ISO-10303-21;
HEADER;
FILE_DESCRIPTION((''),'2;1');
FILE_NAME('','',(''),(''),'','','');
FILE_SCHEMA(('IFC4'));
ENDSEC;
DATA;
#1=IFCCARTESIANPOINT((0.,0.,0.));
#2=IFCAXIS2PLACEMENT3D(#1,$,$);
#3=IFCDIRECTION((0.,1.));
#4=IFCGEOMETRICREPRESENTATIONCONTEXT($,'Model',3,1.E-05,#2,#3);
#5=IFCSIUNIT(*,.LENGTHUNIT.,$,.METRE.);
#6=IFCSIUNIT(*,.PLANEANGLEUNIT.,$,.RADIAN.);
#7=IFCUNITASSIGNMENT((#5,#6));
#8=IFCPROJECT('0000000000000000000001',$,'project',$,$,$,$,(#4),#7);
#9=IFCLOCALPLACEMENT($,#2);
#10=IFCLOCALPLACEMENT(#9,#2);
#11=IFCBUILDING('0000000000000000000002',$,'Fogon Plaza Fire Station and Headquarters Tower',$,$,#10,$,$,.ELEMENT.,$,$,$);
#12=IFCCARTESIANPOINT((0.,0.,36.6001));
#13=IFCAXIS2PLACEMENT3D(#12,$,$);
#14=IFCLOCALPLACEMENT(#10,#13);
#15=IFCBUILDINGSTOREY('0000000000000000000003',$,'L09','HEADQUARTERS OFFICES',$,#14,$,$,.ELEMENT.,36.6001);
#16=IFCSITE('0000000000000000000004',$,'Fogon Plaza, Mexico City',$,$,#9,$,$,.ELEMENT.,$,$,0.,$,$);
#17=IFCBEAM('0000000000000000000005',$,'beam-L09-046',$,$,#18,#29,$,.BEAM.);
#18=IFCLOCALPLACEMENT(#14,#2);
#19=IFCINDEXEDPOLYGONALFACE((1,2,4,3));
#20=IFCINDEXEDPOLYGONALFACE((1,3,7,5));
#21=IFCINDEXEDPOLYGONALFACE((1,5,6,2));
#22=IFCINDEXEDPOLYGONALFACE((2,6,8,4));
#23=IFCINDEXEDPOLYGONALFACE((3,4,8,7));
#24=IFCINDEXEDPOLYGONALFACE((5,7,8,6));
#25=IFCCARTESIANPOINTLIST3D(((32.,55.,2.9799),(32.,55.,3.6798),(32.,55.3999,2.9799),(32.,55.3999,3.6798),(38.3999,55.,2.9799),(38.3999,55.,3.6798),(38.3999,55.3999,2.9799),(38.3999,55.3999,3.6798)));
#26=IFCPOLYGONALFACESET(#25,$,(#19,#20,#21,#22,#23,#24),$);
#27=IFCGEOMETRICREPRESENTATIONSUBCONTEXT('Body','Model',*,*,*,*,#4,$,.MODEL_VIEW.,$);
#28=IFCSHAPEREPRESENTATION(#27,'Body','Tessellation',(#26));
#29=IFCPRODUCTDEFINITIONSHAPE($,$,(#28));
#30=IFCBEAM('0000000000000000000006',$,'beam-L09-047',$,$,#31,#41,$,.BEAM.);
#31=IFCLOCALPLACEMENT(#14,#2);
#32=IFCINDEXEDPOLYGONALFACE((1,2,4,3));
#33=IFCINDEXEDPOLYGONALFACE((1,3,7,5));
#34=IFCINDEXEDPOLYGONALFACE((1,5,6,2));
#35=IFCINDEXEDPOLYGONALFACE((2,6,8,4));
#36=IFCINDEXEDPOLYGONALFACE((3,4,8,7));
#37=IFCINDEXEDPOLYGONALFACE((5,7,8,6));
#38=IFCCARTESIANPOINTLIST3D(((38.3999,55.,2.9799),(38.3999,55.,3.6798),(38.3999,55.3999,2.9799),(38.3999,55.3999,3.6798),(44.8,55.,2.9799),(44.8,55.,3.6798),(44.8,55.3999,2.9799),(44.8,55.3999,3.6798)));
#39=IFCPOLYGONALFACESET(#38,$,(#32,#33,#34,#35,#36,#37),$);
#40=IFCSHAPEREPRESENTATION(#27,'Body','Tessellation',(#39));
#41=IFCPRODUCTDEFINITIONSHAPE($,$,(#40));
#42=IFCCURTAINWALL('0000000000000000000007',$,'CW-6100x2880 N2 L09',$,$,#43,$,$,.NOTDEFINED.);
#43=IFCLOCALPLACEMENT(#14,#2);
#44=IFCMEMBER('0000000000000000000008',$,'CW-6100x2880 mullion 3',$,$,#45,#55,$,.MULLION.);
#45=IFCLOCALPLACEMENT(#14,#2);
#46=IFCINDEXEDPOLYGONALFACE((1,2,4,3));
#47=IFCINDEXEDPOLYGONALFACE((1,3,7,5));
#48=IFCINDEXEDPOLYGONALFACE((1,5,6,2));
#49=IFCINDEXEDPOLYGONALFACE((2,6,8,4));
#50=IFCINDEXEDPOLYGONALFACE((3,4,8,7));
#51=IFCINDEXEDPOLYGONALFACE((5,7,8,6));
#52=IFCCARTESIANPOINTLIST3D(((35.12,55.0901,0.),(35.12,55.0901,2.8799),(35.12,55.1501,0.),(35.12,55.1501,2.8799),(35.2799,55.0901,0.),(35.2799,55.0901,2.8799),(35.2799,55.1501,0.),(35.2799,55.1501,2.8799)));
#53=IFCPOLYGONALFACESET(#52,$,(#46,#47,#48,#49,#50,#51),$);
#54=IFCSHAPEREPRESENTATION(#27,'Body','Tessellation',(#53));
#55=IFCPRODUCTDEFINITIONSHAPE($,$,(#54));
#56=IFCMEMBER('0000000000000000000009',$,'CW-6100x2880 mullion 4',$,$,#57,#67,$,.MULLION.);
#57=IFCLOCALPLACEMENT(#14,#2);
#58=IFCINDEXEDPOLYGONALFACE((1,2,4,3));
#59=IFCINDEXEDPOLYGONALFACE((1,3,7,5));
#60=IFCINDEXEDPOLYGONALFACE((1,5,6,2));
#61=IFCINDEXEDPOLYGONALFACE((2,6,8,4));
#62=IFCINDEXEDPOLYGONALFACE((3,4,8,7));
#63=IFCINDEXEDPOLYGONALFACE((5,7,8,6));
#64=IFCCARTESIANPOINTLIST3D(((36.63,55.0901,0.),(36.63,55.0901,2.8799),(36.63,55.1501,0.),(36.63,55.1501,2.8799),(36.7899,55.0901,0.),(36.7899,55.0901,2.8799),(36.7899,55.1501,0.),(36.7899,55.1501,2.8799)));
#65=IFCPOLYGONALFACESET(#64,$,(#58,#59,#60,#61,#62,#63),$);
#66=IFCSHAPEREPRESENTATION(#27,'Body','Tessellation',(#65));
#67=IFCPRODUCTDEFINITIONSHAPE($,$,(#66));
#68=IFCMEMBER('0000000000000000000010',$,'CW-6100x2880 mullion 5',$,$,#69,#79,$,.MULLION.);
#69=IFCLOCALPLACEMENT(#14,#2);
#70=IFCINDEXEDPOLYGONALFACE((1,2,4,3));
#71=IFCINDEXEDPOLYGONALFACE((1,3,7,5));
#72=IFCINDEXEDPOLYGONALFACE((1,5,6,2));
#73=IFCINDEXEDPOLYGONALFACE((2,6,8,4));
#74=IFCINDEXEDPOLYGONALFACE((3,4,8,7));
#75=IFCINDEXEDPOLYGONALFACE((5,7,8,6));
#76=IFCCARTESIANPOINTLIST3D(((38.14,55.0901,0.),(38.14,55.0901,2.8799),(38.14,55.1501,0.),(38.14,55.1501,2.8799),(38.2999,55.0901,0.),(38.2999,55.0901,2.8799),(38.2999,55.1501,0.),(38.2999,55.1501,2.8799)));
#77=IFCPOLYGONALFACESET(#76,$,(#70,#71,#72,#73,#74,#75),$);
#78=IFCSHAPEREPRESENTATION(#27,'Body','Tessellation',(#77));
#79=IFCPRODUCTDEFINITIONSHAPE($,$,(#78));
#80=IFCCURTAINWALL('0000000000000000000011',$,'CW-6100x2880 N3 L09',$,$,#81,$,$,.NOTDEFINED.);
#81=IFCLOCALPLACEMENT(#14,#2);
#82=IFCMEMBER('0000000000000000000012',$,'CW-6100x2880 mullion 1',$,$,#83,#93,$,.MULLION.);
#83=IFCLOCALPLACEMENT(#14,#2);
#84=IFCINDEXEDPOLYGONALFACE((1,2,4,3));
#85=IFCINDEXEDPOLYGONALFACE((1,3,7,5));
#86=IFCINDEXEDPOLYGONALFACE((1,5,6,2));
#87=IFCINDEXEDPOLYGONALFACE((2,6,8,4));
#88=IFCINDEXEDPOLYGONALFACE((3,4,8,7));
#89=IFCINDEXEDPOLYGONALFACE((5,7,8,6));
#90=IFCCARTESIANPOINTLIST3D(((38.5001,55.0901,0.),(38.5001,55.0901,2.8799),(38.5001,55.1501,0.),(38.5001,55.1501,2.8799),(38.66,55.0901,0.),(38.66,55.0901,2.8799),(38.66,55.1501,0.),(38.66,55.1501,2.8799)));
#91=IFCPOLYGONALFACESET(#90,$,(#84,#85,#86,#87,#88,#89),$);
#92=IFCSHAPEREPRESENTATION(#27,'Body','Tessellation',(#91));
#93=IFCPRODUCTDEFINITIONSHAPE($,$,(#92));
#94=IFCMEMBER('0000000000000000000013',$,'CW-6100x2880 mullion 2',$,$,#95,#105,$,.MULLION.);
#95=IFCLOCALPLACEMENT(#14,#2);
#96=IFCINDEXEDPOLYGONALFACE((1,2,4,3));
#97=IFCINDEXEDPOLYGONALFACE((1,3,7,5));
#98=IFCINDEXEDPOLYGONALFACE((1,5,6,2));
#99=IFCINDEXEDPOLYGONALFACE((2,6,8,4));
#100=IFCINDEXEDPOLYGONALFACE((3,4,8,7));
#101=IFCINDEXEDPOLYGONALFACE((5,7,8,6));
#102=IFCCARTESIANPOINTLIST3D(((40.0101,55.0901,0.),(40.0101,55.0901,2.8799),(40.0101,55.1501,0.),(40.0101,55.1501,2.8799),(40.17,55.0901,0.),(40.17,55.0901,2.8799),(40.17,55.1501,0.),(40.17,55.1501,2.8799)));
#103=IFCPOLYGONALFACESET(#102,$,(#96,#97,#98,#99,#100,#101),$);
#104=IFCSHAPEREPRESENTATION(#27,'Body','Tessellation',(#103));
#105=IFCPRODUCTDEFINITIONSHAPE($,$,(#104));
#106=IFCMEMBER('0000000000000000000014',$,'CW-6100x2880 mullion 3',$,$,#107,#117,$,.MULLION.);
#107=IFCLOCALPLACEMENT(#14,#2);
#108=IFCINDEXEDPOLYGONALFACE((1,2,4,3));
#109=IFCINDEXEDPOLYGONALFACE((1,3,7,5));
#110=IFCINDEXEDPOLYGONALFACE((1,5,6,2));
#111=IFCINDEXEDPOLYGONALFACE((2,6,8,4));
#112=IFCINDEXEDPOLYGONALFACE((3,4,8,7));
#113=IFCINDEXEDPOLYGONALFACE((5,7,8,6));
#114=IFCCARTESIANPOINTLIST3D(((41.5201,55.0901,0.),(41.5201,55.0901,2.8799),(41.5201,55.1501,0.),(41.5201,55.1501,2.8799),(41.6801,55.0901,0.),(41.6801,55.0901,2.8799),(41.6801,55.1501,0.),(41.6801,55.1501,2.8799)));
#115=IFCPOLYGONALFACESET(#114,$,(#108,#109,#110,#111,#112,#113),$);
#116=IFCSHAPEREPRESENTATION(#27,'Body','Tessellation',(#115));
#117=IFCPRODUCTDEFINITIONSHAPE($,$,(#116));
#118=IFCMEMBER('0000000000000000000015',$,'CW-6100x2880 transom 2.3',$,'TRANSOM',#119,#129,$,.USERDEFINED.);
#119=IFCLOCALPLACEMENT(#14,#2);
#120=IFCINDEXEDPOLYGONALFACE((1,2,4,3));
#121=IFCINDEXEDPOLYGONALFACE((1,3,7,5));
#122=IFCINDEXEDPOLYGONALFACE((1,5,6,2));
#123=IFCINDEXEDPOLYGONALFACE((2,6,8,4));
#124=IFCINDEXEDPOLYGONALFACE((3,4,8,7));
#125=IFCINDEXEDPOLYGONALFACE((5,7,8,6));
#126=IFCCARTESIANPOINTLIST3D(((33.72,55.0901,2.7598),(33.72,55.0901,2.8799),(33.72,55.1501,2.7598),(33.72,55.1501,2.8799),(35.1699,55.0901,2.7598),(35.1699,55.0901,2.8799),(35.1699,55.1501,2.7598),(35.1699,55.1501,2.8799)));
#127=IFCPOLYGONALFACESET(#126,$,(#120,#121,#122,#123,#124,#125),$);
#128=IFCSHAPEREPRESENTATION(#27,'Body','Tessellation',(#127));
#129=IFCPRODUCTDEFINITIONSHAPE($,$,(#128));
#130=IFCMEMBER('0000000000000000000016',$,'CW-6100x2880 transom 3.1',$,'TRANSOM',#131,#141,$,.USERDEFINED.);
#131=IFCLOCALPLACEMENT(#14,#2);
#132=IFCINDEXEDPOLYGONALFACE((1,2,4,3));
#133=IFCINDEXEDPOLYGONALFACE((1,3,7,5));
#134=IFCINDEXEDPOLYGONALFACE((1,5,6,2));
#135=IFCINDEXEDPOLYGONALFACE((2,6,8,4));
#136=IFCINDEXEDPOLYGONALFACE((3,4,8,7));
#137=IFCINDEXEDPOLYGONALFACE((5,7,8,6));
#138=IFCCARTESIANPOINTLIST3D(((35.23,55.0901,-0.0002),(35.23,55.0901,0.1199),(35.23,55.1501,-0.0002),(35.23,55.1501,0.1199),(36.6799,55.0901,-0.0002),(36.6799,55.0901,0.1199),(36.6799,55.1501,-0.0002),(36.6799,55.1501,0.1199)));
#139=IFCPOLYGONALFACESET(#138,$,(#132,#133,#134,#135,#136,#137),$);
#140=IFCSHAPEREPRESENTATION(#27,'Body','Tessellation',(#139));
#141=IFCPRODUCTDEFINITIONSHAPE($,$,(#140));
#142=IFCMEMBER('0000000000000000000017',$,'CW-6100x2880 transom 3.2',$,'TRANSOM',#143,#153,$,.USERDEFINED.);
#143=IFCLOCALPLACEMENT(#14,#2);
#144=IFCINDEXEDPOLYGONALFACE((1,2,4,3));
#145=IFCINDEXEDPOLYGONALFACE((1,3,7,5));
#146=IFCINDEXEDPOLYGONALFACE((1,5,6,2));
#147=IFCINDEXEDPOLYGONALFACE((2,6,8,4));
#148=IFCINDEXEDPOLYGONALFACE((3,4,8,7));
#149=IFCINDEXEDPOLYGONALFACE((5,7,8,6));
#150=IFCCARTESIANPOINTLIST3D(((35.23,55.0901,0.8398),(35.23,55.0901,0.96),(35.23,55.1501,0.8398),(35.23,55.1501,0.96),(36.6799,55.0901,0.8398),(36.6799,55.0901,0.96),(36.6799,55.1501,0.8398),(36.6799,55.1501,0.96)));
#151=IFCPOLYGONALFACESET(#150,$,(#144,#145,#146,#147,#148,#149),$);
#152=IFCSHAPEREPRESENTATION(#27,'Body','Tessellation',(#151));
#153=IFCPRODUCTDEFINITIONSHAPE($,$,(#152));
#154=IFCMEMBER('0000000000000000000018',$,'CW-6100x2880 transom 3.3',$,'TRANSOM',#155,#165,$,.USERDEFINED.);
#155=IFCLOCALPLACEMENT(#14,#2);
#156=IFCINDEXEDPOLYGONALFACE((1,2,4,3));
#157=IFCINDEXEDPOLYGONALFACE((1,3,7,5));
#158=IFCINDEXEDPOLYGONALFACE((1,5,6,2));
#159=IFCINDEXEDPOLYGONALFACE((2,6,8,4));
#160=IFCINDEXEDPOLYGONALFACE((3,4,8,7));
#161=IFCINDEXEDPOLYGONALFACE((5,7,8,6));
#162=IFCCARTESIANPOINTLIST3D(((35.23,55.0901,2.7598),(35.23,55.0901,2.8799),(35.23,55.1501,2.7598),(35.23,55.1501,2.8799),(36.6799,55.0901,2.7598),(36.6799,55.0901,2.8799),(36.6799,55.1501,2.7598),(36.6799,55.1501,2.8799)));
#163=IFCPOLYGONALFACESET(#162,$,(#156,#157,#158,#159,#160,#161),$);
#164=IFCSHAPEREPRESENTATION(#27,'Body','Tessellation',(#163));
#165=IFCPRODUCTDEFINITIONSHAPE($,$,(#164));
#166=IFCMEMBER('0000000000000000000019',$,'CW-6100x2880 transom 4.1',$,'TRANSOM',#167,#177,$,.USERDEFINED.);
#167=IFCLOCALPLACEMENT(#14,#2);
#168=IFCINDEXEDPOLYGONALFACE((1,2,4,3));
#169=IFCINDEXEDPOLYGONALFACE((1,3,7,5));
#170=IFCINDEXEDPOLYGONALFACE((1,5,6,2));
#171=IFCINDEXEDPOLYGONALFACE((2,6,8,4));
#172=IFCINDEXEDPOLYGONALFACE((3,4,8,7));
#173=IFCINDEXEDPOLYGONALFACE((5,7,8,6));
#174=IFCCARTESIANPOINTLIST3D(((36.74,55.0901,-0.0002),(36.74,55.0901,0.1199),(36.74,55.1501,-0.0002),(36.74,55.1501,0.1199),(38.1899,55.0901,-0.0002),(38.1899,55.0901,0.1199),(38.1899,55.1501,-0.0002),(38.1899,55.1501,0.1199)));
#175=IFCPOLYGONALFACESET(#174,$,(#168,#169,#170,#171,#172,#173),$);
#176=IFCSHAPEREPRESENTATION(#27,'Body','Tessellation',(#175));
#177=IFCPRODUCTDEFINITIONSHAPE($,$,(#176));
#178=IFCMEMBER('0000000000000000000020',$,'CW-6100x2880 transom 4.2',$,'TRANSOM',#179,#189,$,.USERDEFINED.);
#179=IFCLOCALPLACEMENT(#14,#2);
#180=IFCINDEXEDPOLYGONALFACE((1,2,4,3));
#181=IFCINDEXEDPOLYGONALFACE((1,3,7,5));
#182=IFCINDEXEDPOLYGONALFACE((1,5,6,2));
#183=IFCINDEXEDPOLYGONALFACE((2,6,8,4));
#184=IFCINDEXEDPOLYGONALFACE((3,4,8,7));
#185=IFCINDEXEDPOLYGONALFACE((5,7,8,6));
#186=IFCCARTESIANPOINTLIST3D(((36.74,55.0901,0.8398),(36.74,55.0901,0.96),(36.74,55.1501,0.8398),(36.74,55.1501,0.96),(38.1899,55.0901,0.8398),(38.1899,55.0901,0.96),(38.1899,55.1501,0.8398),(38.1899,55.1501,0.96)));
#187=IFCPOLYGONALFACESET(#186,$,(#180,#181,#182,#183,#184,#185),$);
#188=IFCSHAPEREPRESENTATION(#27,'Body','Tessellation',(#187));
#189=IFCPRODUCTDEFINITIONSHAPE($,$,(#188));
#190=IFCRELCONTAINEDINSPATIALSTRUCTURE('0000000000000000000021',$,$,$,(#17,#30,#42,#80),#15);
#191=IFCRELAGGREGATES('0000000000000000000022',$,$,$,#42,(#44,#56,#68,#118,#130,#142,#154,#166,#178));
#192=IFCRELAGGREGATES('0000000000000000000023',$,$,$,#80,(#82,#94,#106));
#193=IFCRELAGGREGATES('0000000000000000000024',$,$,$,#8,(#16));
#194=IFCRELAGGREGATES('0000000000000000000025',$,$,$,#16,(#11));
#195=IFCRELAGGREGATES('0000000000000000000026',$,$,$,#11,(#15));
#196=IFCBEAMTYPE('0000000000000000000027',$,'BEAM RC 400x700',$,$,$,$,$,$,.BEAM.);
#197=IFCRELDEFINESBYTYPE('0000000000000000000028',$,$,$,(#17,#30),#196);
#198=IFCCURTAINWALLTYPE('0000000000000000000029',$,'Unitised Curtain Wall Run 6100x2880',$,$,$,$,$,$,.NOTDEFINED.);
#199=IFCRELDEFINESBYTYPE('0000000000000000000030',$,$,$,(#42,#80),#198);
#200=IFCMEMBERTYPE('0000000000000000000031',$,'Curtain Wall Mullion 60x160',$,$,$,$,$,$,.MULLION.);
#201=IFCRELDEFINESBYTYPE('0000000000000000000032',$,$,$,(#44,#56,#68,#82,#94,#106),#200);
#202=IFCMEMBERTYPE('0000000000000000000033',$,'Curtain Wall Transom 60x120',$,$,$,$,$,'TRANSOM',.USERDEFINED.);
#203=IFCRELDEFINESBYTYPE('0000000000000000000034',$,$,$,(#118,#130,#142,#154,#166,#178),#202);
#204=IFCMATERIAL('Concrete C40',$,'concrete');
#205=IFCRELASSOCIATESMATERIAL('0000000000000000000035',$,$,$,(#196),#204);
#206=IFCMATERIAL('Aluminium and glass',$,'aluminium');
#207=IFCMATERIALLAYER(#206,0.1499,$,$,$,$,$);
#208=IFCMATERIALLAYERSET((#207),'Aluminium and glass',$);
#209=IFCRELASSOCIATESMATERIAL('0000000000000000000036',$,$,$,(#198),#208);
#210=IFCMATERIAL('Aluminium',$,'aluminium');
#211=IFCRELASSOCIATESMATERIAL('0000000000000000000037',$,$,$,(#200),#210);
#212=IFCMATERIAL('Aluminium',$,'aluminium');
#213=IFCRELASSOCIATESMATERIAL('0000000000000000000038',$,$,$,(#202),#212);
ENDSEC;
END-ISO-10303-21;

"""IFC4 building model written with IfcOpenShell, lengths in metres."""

from ifc_helpers import new_model, si_unit, direction, frame, origin, origin_2d, place, context, subcontext, project, spatial, rectangle, extrude, material, layer, layer_set, material_profile, profile_set, type_object, element, aggregate, save


model = new_model("IFC4")

# Units and contexts
model_context = context("Model", 3, precision=1e-05, world=origin(), true_north=direction((0.0, 1.0)))
body_context = subcontext(model_context, "Body", "Model", "MODEL_VIEW")
ifc_project = project(units=[si_unit("LENGTHUNIT", "METRE"), si_unit("PLANEANGLEUNIT", "RADIAN")], contexts=[model_context])

# Site, building, storey
site_placement = place(None, origin())
site = spatial("IfcSite", under=ifc_project, at=site_placement, Name="Fogon Plaza, Mexico City", CompositionType="ELEMENT", RefElevation=0.0)
building_placement = place(site_placement, origin())
building = spatial("IfcBuilding", under=site, at=building_placement, Name="Fogon Plaza Fire Station and Headquarters Tower", CompositionType="ELEMENT")
storey_placement = place(building_placement, frame((0.0, 0.0, 36.6001)))
storey = spatial("IfcBuildingStorey", under=building, at=storey_placement, Name="L09", Description="HEADQUARTERS OFFICES", CompositionType="ELEMENT", Elevation=36.6001)

# Beams
ifc_material_1 = material(Name="Concrete C40", Category="concrete")
ifc_material_profile_1 = material_profile(ifc_material_1, rectangle(XDim=0.3999, YDim=0.7, at=origin_2d()), Name="RC 400x700")
ifc_profile_set_1 = profile_set([ifc_material_profile_1], Name="Concrete C40")
beam_type = type_object("IfcBeamType", Name="BEAM RC 400x700", PredefinedType="BEAM", material=ifc_profile_set_1)
beam_1_placement = place(storey_placement, frame((32.0, 55.2, 3.3298), z_axis=(1.0, 0.0, 0.0), x_axis=(0.0, 1.0, 0.0)))
element("IfcBeam", 1, at=beam_1_placement, inside=storey, type_object=beam_type, Name="beam-L09-046", PredefinedType="BEAM", context=body_context, shape_type="SweptSolid", body=[
    extrude(rectangle(XDim=0.3999, YDim=0.7, at=origin_2d()), origin(), (0.0, 0.0, 1.0), 6.3999),
])
beam_2_placement = place(storey_placement, frame((38.3999, 55.2, 3.3298), z_axis=(1.0, 0.0, 0.0), x_axis=(0.0, 1.0, 0.0)))
element("IfcBeam", 2, at=beam_2_placement, inside=storey, type_object=beam_type, Name="beam-L09-047", PredefinedType="BEAM", context=body_context, shape_type="SweptSolid", body=[
    extrude(rectangle(XDim=0.3999, YDim=0.7, at=origin_2d()), origin(), (0.0, 0.0, 1.0), 6.4001),
])

# Curtain walls, members
ifc_material_2 = material(Name="Aluminium and glass", Category="aluminium")
ifc_layer_1 = layer(ifc_material_2, 0.1499)
ifc_layer_set_1 = layer_set([ifc_layer_1], Name="Aluminium and glass")
curtain_wall_type = type_object("IfcCurtainWallType", Name="Unitised Curtain Wall Run 6100x2880", PredefinedType="NOTDEFINED", material=ifc_layer_set_1)
curtain_wall_1_placement = place(storey_placement, origin())
curtain_wall_1 = element("IfcCurtainWall", 3, at=curtain_wall_1_placement, inside=storey, type_object=curtain_wall_type, Name="CW-6100x2880 N2 L09", PredefinedType="NOTDEFINED")
ifc_material_3 = material(Name="Aluminium", Category="aluminium")
ifc_material_profile_2 = material_profile(ifc_material_3, rectangle(XDim=0.0601, YDim=0.1599, at=origin_2d()), Name="Curtain Wall Mullion 60x160")
ifc_profile_set_2 = profile_set([ifc_material_profile_2], Name="Aluminium")
member_type_1 = type_object("IfcMemberType", Name="Curtain Wall Mullion 60x160", PredefinedType="MULLION", material=ifc_profile_set_2)
member_1_placement = place(storey_placement, frame((35.2, 55.1201, 0.0), z_axis=(0.0, 0.0, 1.0), x_axis=(0.0, 1.0, 0.0)))
member_1 = element("IfcMember", 4, at=member_1_placement, type_object=member_type_1, Name="CW-6100x2880 mullion 3", PredefinedType="MULLION", context=body_context, shape_type="SweptSolid", body=[
    extrude(rectangle(XDim=0.0601, YDim=0.1599, at=origin_2d()), origin(), (0.0, 0.0, 1.0), 2.8799),
])
member_2_placement = place(storey_placement, frame((36.71, 55.1201, 0.0), z_axis=(0.0, 0.0, 1.0), x_axis=(0.0, 1.0, 0.0)))
member_2 = element("IfcMember", 5, at=member_2_placement, type_object=member_type_1, Name="CW-6100x2880 mullion 4", PredefinedType="MULLION", context=body_context, shape_type="SweptSolid", body=[
    extrude(rectangle(XDim=0.0601, YDim=0.1599, at=origin_2d()), origin(), (0.0, 0.0, 1.0), 2.8799),
])
member_3_placement = place(storey_placement, frame((38.22, 55.1201, 0.0), z_axis=(0.0, 0.0, 1.0), x_axis=(0.0, 1.0, 0.0)))
member_3 = element("IfcMember", 6, at=member_3_placement, type_object=member_type_1, Name="CW-6100x2880 mullion 5", PredefinedType="MULLION", context=body_context, shape_type="SweptSolid", body=[
    extrude(rectangle(XDim=0.0601, YDim=0.1599, at=origin_2d()), origin(), (0.0, 0.0, 1.0), 2.8799),
])
curtain_wall_2_placement = place(storey_placement, origin())
curtain_wall_2 = element("IfcCurtainWall", 7, at=curtain_wall_2_placement, inside=storey, type_object=curtain_wall_type, Name="CW-6100x2880 N3 L09", PredefinedType="NOTDEFINED")
member_4_placement = place(storey_placement, frame((38.5801, 55.1201, 0.0), z_axis=(0.0, 0.0, 1.0), x_axis=(0.0, 1.0, 0.0)))
member_4 = element("IfcMember", 8, at=member_4_placement, type_object=member_type_1, Name="CW-6100x2880 mullion 1", PredefinedType="MULLION", context=body_context, shape_type="SweptSolid", body=[
    extrude(rectangle(XDim=0.0601, YDim=0.1599, at=origin_2d()), origin(), (0.0, 0.0, 1.0), 2.8799),
])
member_5_placement = place(storey_placement, frame((40.0901, 55.1201, 0.0), z_axis=(0.0, 0.0, 1.0), x_axis=(0.0, 1.0, 0.0)))
member_5 = element("IfcMember", 9, at=member_5_placement, type_object=member_type_1, Name="CW-6100x2880 mullion 2", PredefinedType="MULLION", context=body_context, shape_type="SweptSolid", body=[
    extrude(rectangle(XDim=0.0601, YDim=0.1599, at=origin_2d()), origin(), (0.0, 0.0, 1.0), 2.8799),
])
member_6_placement = place(storey_placement, frame((41.6001, 55.1201, 0.0), z_axis=(0.0, 0.0, 1.0), x_axis=(0.0, 1.0, 0.0)))
member_6 = element("IfcMember", 10, at=member_6_placement, type_object=member_type_1, Name="CW-6100x2880 mullion 3", PredefinedType="MULLION", context=body_context, shape_type="SweptSolid", body=[
    extrude(rectangle(XDim=0.0601, YDim=0.1599, at=origin_2d()), origin(), (0.0, 0.0, 1.0), 2.8799),
])

# Members
ifc_material_4 = material(Name="Aluminium", Category="aluminium")
ifc_material_profile_3 = material_profile(ifc_material_4, rectangle(XDim=0.0601, YDim=0.1201, at=origin_2d()), Name="Curtain Wall Transom 60x120")
ifc_profile_set_3 = profile_set([ifc_material_profile_3], Name="Aluminium")
member_type_2 = type_object("IfcMemberType", Name="Curtain Wall Transom 60x120", ElementType="TRANSOM", PredefinedType="USERDEFINED", material=ifc_profile_set_3)
member_7_placement = place(storey_placement, frame((33.72, 55.1201, 2.8198), z_axis=(1.0, 0.0, 0.0), x_axis=(0.0, 1.0, 0.0)))
member_7 = element("IfcMember", 11, at=member_7_placement, type_object=member_type_2, Name="CW-6100x2880 transom 2.3", ObjectType="TRANSOM", PredefinedType="USERDEFINED", context=body_context, shape_type="SweptSolid", body=[
    extrude(rectangle(XDim=0.0601, YDim=0.1201, at=origin_2d()), origin(), (0.0, 0.0, 1.0), 1.45),
])
member_8_placement = place(storey_placement, frame((35.23, 55.1201, 0.0598), z_axis=(1.0, 0.0, 0.0), x_axis=(0.0, 1.0, 0.0)))
member_8 = element("IfcMember", 12, at=member_8_placement, type_object=member_type_2, Name="CW-6100x2880 transom 3.1", ObjectType="TRANSOM", PredefinedType="USERDEFINED", context=body_context, shape_type="SweptSolid", body=[
    extrude(rectangle(XDim=0.0601, YDim=0.1201, at=origin_2d()), origin(), (0.0, 0.0, 1.0), 1.45),
])
member_9_placement = place(storey_placement, frame((35.23, 55.1201, 0.8999), z_axis=(1.0, 0.0, 0.0), x_axis=(0.0, 1.0, 0.0)))
member_9 = element("IfcMember", 13, at=member_9_placement, type_object=member_type_2, Name="CW-6100x2880 transom 3.2", ObjectType="TRANSOM", PredefinedType="USERDEFINED", context=body_context, shape_type="SweptSolid", body=[
    extrude(rectangle(XDim=0.0601, YDim=0.1201, at=origin_2d()), origin(), (0.0, 0.0, 1.0), 1.45),
])
member_10_placement = place(storey_placement, frame((35.23, 55.1201, 2.8198), z_axis=(1.0, 0.0, 0.0), x_axis=(0.0, 1.0, 0.0)))
member_10 = element("IfcMember", 14, at=member_10_placement, type_object=member_type_2, Name="CW-6100x2880 transom 3.3", ObjectType="TRANSOM", PredefinedType="USERDEFINED", context=body_context, shape_type="SweptSolid", body=[
    extrude(rectangle(XDim=0.0601, YDim=0.1201, at=origin_2d()), origin(), (0.0, 0.0, 1.0), 1.45),
])
member_11_placement = place(storey_placement, frame((36.74, 55.1201, 0.0598), z_axis=(1.0, 0.0, 0.0), x_axis=(0.0, 1.0, 0.0)))
member_11 = element("IfcMember", 15, at=member_11_placement, type_object=member_type_2, Name="CW-6100x2880 transom 4.1", ObjectType="TRANSOM", PredefinedType="USERDEFINED", context=body_context, shape_type="SweptSolid", body=[
    extrude(rectangle(XDim=0.0601, YDim=0.1201, at=origin_2d()), origin(), (0.0, 0.0, 1.0), 1.45),
])
member_12_placement = place(storey_placement, frame((36.74, 55.1201, 0.8999), z_axis=(1.0, 0.0, 0.0), x_axis=(0.0, 1.0, 0.0)))
member_12 = element("IfcMember", 16, at=member_12_placement, type_object=member_type_2, Name="CW-6100x2880 transom 4.2", ObjectType="TRANSOM", PredefinedType="USERDEFINED", context=body_context, shape_type="SweptSolid", body=[
    extrude(rectangle(XDim=0.0601, YDim=0.1201, at=origin_2d()), origin(), (0.0, 0.0, 1.0), 1.45),
])

aggregate(curtain_wall_1, [member_1, member_2, member_3, member_7, member_8, member_9, member_10, member_11, member_12])
aggregate(curtain_wall_2, [member_4, member_5, member_6])

save(model, "model.ifc")
